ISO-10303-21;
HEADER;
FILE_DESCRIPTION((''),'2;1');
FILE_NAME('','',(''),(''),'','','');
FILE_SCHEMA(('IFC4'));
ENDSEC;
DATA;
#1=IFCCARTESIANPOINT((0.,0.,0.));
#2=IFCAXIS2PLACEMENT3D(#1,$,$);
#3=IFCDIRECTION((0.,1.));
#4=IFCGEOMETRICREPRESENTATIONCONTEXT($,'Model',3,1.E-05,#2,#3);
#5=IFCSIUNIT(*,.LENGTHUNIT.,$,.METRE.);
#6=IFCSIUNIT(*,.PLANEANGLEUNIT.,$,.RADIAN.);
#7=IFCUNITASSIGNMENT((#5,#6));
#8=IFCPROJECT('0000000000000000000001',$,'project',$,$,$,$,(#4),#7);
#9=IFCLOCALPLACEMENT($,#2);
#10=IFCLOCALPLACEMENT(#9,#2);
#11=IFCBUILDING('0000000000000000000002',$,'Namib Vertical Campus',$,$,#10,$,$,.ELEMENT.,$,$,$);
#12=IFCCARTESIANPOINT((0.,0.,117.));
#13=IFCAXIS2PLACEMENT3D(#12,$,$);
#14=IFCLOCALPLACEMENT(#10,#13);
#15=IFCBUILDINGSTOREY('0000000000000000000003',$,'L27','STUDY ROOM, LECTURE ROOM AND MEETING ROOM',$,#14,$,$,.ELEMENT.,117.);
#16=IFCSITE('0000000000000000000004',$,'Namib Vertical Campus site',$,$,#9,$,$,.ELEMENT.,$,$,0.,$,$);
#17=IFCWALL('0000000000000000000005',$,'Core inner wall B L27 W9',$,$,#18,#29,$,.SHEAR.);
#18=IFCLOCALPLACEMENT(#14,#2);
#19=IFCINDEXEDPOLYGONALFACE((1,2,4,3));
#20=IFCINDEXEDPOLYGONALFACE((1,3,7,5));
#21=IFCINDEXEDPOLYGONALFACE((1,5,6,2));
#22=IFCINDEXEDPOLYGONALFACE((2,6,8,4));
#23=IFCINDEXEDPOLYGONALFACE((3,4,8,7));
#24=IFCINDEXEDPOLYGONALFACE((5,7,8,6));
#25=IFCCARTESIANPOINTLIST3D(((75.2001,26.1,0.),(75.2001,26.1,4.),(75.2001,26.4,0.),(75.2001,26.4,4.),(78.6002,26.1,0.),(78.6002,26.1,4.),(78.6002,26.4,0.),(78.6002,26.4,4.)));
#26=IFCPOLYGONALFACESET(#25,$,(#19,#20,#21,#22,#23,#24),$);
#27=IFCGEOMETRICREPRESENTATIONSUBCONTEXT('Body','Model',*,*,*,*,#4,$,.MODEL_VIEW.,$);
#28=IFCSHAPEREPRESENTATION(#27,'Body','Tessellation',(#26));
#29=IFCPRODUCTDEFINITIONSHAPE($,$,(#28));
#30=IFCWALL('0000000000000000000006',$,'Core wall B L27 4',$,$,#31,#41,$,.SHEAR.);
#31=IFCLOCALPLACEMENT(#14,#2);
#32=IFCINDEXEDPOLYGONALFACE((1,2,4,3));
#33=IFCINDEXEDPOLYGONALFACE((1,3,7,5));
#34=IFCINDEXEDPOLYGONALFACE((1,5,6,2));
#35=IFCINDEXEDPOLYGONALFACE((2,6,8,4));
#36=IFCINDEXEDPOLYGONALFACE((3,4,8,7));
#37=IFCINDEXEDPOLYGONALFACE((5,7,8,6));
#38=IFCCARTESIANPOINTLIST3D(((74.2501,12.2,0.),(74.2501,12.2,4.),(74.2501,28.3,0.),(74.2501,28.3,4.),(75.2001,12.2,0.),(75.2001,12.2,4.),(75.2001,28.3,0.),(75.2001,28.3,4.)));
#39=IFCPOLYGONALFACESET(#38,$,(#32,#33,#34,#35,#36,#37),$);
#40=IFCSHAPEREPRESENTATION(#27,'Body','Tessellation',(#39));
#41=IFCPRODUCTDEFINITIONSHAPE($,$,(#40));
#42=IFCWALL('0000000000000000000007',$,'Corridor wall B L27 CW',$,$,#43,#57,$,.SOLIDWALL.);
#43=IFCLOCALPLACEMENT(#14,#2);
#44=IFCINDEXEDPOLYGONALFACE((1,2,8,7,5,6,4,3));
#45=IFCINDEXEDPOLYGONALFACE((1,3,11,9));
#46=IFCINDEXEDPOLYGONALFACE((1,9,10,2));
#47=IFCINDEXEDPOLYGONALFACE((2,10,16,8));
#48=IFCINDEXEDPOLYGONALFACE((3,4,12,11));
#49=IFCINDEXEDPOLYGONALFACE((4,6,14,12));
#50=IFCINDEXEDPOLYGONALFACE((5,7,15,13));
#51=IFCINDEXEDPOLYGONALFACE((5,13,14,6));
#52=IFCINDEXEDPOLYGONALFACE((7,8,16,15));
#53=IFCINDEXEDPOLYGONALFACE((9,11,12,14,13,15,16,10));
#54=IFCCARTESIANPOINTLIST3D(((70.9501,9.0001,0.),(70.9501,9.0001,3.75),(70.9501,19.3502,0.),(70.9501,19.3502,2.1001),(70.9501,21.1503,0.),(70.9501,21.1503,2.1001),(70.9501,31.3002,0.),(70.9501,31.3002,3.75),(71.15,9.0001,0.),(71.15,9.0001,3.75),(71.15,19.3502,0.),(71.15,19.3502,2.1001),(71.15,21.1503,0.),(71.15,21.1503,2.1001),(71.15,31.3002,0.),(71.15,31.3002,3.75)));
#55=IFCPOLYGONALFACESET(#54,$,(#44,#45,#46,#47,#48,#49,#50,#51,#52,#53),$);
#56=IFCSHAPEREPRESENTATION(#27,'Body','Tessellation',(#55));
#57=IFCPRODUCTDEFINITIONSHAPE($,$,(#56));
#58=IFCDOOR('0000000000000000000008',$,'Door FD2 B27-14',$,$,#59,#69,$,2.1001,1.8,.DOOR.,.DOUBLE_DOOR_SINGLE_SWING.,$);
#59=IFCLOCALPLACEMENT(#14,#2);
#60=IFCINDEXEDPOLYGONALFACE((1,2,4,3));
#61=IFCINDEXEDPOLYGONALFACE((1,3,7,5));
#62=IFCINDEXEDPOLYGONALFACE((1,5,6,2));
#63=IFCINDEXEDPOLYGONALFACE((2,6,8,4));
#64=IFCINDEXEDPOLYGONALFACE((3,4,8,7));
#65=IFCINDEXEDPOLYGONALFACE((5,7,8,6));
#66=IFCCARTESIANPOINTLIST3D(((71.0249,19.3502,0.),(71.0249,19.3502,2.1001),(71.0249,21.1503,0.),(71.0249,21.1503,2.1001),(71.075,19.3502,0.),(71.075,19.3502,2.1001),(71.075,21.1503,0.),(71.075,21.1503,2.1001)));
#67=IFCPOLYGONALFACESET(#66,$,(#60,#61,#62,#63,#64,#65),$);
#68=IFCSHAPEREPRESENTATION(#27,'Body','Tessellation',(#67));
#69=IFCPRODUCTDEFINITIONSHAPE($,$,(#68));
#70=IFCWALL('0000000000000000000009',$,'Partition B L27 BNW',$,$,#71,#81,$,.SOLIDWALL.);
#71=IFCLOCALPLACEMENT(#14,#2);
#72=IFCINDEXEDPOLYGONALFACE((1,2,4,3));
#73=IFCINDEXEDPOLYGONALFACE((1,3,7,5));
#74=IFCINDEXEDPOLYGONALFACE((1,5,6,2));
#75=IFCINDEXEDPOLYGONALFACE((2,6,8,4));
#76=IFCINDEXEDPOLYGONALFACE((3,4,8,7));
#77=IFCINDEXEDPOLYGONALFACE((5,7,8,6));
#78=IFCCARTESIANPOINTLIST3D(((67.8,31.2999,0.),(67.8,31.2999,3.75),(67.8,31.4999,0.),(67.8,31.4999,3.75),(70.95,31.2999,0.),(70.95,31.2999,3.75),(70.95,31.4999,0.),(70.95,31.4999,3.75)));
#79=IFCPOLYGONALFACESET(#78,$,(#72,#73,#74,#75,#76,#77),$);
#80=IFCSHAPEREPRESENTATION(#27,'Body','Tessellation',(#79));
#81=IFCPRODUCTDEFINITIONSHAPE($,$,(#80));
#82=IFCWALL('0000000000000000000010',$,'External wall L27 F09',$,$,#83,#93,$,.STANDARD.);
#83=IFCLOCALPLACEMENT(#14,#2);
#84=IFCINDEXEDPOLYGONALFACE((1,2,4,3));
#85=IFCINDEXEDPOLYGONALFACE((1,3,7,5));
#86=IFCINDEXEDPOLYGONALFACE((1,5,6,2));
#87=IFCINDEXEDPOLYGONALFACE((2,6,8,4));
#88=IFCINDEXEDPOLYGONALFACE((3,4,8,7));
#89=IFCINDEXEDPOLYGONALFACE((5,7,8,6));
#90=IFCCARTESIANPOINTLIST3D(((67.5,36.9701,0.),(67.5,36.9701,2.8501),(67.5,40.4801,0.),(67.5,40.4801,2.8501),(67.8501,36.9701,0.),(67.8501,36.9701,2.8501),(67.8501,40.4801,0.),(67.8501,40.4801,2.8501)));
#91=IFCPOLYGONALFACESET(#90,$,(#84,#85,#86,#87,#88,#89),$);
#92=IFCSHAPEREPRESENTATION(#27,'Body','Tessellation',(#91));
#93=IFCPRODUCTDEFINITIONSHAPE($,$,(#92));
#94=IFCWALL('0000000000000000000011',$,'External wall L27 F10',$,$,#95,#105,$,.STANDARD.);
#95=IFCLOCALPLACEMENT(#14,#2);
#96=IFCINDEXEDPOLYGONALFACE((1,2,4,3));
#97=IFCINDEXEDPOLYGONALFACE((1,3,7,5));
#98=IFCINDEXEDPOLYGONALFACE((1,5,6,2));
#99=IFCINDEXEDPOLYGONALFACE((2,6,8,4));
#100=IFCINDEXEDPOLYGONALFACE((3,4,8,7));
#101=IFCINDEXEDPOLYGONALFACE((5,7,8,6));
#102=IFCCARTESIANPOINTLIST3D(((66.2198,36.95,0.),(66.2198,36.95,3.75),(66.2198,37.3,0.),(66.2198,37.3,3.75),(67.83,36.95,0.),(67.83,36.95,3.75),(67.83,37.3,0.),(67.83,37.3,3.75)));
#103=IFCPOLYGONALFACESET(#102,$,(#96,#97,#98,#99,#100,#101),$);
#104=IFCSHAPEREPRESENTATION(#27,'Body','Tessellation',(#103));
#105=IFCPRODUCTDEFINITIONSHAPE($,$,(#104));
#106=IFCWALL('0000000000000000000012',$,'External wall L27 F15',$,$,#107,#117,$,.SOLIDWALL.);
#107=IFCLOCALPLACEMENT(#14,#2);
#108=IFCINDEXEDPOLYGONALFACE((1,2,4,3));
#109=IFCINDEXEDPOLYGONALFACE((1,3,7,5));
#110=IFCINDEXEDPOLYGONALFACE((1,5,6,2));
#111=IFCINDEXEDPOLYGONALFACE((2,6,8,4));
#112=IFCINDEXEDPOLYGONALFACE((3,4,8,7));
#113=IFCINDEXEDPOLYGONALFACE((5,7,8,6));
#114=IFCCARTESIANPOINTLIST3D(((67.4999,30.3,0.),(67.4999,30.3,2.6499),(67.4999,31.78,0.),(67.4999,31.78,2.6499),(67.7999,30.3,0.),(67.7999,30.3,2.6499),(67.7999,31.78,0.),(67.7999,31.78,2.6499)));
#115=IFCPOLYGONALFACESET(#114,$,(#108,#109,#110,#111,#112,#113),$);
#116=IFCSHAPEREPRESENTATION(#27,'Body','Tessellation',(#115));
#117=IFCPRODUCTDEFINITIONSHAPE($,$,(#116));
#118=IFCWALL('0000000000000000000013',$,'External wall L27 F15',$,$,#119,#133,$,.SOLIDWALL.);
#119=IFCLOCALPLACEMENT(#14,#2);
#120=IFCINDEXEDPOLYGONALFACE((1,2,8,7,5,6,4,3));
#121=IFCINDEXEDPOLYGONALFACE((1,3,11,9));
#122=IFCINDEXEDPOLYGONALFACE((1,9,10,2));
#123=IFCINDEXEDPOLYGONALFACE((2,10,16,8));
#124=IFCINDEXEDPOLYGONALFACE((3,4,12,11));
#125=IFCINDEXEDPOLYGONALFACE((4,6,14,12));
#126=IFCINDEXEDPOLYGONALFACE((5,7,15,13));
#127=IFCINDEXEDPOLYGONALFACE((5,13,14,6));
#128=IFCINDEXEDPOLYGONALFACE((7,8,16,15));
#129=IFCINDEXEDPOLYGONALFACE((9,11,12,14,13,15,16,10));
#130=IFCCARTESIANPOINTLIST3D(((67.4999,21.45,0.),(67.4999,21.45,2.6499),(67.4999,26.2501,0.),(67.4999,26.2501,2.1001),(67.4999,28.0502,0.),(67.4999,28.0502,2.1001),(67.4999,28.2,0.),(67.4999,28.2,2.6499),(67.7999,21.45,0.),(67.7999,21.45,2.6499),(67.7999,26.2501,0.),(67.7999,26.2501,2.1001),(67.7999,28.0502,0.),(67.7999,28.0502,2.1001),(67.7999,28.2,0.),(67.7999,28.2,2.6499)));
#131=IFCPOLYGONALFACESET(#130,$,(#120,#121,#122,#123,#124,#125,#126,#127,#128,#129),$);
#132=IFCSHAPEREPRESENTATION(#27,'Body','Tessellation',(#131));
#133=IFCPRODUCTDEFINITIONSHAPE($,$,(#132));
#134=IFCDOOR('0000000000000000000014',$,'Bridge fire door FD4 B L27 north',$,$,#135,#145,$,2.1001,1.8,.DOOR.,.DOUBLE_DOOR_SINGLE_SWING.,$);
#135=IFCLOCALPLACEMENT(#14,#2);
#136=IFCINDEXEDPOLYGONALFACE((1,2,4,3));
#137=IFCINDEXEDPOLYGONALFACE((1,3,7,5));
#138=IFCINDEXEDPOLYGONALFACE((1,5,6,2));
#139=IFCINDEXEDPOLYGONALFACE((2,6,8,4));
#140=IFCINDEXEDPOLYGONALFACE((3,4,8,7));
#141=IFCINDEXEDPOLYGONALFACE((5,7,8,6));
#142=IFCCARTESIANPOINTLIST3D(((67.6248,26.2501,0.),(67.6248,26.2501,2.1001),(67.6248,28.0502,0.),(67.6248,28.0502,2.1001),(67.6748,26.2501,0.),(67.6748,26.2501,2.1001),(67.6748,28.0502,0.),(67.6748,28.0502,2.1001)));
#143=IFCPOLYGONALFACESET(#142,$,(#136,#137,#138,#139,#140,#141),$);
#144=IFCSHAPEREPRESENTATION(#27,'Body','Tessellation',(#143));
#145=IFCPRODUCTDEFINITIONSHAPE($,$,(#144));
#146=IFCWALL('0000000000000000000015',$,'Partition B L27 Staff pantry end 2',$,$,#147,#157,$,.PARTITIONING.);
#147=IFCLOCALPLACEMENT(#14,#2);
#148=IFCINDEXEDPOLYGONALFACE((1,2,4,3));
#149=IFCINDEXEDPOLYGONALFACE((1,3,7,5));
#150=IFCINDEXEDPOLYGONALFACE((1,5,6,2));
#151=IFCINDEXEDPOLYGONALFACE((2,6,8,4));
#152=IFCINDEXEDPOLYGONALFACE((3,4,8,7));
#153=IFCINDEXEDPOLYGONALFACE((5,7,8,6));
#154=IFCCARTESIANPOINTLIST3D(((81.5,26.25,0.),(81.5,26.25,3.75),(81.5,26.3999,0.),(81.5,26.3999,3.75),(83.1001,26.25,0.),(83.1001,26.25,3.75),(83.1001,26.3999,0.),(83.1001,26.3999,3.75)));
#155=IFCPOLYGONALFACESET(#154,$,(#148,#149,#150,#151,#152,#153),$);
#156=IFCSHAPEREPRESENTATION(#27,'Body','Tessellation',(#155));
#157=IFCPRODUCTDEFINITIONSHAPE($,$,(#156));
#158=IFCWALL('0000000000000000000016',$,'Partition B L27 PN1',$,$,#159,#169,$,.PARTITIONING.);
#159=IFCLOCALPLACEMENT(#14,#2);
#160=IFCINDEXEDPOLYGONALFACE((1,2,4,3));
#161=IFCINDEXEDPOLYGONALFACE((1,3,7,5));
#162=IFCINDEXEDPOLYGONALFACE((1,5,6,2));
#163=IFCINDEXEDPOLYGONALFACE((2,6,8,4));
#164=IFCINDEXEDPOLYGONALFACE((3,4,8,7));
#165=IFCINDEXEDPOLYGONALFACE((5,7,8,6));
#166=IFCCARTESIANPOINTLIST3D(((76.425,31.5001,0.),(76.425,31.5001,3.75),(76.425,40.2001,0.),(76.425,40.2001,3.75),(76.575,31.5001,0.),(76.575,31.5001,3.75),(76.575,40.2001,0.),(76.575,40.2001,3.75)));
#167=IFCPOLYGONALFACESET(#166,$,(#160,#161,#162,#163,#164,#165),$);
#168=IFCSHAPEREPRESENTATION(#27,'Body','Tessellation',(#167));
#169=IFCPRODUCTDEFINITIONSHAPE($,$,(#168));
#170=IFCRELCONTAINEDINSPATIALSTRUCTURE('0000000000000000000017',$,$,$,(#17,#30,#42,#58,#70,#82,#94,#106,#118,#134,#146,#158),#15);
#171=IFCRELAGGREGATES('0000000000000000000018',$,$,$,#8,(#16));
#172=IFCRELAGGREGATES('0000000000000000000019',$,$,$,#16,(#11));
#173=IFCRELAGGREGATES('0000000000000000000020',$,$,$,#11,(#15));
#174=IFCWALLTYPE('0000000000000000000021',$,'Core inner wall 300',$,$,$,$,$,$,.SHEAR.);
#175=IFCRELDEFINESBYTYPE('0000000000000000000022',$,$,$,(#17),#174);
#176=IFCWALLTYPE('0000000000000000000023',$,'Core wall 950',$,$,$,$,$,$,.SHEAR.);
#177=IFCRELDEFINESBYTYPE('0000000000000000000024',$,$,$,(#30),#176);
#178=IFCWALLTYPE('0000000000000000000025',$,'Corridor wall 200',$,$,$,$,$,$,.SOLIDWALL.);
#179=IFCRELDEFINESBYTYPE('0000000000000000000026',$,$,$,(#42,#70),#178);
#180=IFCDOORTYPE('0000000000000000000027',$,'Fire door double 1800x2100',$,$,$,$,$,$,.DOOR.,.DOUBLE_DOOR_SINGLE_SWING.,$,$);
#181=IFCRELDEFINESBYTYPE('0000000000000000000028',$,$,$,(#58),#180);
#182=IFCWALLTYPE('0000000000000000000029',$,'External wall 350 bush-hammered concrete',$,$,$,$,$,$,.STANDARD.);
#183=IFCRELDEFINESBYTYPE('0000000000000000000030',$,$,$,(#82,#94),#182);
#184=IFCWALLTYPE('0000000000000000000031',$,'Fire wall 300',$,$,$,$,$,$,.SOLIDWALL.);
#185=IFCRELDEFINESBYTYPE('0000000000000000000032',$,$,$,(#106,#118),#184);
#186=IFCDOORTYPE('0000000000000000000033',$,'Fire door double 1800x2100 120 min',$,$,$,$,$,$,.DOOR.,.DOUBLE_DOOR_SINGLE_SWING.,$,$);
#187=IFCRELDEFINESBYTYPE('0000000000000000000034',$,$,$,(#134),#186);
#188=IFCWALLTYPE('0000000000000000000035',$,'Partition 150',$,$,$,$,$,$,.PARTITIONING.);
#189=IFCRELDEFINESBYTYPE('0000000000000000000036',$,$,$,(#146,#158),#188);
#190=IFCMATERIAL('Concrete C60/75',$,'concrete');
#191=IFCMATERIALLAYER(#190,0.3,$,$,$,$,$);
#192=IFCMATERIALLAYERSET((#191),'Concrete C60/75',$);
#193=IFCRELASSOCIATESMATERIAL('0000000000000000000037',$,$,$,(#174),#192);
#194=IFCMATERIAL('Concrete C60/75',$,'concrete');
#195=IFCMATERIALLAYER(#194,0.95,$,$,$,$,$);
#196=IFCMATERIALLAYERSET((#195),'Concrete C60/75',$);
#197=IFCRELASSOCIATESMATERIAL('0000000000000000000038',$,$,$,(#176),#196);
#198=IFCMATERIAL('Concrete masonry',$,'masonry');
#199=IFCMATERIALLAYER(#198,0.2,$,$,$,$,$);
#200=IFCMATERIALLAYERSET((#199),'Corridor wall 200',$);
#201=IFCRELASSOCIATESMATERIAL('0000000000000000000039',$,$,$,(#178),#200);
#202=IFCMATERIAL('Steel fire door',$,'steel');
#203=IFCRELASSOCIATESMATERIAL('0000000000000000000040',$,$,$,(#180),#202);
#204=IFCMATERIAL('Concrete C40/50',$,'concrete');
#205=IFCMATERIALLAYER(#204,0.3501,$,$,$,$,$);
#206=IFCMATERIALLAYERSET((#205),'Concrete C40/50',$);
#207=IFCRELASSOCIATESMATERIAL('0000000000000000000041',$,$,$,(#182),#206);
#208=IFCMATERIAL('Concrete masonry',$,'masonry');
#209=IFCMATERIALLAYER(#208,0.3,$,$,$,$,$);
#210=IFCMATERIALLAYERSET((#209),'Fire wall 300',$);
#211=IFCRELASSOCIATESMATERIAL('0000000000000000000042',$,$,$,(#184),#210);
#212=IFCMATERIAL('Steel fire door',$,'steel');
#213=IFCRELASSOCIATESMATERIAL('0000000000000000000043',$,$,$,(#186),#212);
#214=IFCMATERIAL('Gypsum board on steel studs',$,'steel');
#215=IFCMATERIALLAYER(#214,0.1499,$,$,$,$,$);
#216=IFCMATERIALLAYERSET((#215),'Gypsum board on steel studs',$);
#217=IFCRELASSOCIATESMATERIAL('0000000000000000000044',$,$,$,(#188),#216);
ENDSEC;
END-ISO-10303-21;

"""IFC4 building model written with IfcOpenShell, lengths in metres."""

from ifc_helpers import new_model, si_unit, direction, frame, frame_2d, origin, place, context, subcontext, project, spatial, rectangle, extrude, material, layer, layer_set, type_object, element, fill, save


model = new_model("IFC4")

# Units and contexts
model_context = context("Model", 3, precision=1e-05, world=origin(), true_north=direction((0.0, 1.0)))
body_context = subcontext(model_context, "Body", "Model", "MODEL_VIEW")
ifc_project = project(units=[si_unit("LENGTHUNIT", "METRE"), si_unit("PLANEANGLEUNIT", "RADIAN")], contexts=[model_context])

# Site, building, storey
site_placement = place(None, origin())
site = spatial("IfcSite", under=ifc_project, at=site_placement, Name="Namib Vertical Campus site", CompositionType="ELEMENT", RefElevation=0.0)
building_placement = place(site_placement, origin())
building = spatial("IfcBuilding", under=site, at=building_placement, Name="Namib Vertical Campus", CompositionType="ELEMENT")
storey_placement = place(building_placement, frame((0.0, 0.0, 117.0)))
storey = spatial("IfcBuildingStorey", under=building, at=storey_placement, Name="L27", Description="STUDY ROOM, LECTURE ROOM AND MEETING ROOM", CompositionType="ELEMENT", Elevation=117.0)

# Walls
ifc_material_1 = material(Name="Concrete C60/75", Category="concrete")
ifc_layer_1 = layer(ifc_material_1, 0.3)
ifc_layer_set_1 = layer_set([ifc_layer_1], Name="Concrete C60/75")
wall_type_1 = type_object("IfcWallType", Name="Core inner wall 300", PredefinedType="SHEAR", material=ifc_layer_set_1)
wall_1_placement = place(storey_placement, frame((75.2, 26.25, 0.0), z_axis=(0.0, 0.0, 1.0), x_axis=(1.0, 0.0, 0.0)))
element("IfcWall", 1, at=wall_1_placement, inside=storey, type_object=wall_type_1, Name="Core inner wall B L27 W9", PredefinedType="SHEAR", context=body_context, shape_type="SweptSolid", body=[
    extrude(rectangle(XDim=3.4001, YDim=0.3, at=frame_2d((1.7002, 0.0))), origin(), (0.0, 0.0, 1.0), 4.0),
])
ifc_material_2 = material(Name="Concrete C60/75", Category="concrete")
ifc_layer_2 = layer(ifc_material_2, 0.95)
ifc_layer_set_2 = layer_set([ifc_layer_2], Name="Concrete C60/75")
wall_type_2 = type_object("IfcWallType", Name="Core wall 950", PredefinedType="SHEAR", material=ifc_layer_set_2)
wall_2_placement = place(storey_placement, frame((74.7251, 28.3, 0.0), z_axis=(0.0, 0.0, 1.0), x_axis=(0.0, -1.0, 0.0)))
element("IfcWall", 2, at=wall_2_placement, inside=storey, type_object=wall_type_2, Name="Core wall B L27 4", PredefinedType="SHEAR", context=body_context, shape_type="SweptSolid", body=[
    extrude(rectangle(XDim=16.1001, YDim=0.95, at=frame_2d((8.05, 0.0))), origin(), (0.0, 0.0, 1.0), 4.0),
])

# Wall, opening, door
ifc_material_3 = material(Name="Concrete masonry", Category="masonry")
ifc_layer_3 = layer(ifc_material_3, 0.2)
ifc_layer_set_3 = layer_set([ifc_layer_3], Name="Corridor wall 200")
wall_type_3 = type_object("IfcWallType", Name="Corridor wall 200", PredefinedType="SOLIDWALL", material=ifc_layer_set_3)
wall_3_placement = place(storey_placement, frame((71.05, 31.3, 0.0), z_axis=(0.0, 0.0, 1.0), x_axis=(0.0, -1.0, 0.0)))
wall_3 = element("IfcWall", 3, at=wall_3_placement, inside=storey, type_object=wall_type_3, Name="Corridor wall B L27 CW", PredefinedType="SOLIDWALL", context=body_context, shape_type="SweptSolid", body=[
    extrude(rectangle(XDim=22.3, YDim=0.2, at=frame_2d((11.1499, 0.0))), origin(), (0.0, 0.0, 1.0), 3.75),
])
opening_1_placement = place(wall_3_placement, frame((10.1499, 0.0, 0.0)))
opening_1 = element("IfcOpeningElement", 4, at=opening_1_placement, cuts=wall_3, PredefinedType="OPENING", context=body_context, shape_type="SweptSolid", body=[
    extrude(rectangle(XDim=1.8, YDim=2.1001, at=frame_2d((0.8999, 1.05))), frame((0.0, 0.1099, 0.0), z_axis=(0.0, -1.0, 0.0), x_axis=(1.0, 0.0, 0.0)), (0.0, 0.0, 1.0), 0.22),
])
ifc_material_4 = material(Name="Steel fire door", Category="steel")
door_type_1 = type_object("IfcDoorType", Name="Fire door double 1800x2100", OperationType="DOUBLE_DOOR_SINGLE_SWING", PredefinedType="DOOR", material=ifc_material_4)
door_1_placement = place(opening_1_placement, origin())
door_1 = element("IfcDoor", 5, at=door_1_placement, inside=storey, type_object=door_type_1, Name="Door FD2 B27-14", OperationType="DOUBLE_DOOR_SINGLE_SWING", OverallHeight=2.1001, OverallWidth=1.8, PredefinedType="DOOR", context=body_context, shape_type="SweptSolid", body=[
    extrude(rectangle(XDim=1.8, YDim=2.1001, at=frame_2d((0.8999, 1.05))), frame((0.0, 0.0249, 0.0), z_axis=(0.0, -1.0, 0.0), x_axis=(1.0, 0.0, 0.0)), (0.0, 0.0, 1.0), 0.05),
])
fill(opening_1, door_1)

# Walls
wall_4_placement = place(storey_placement, frame((67.8, 31.3999, 0.0), z_axis=(0.0, 0.0, 1.0), x_axis=(1.0, 0.0, 0.0)))
element("IfcWall", 6, at=wall_4_placement, inside=storey, type_object=wall_type_3, Name="Partition B L27 BNW", PredefinedType="SOLIDWALL", context=body_context, shape_type="SweptSolid", body=[
    extrude(rectangle(XDim=3.1499, YDim=0.2, at=frame_2d((1.575, 0.0))), origin(), (0.0, 0.0, 1.0), 3.75),
])
ifc_material_5 = material(Name="Concrete C40/50", Category="concrete")
ifc_layer_4 = layer(ifc_material_5, 0.3501)
ifc_layer_set_4 = layer_set([ifc_layer_4], Name="Concrete C40/50")
wall_type_4 = type_object("IfcWallType", Name="External wall 350 bush-hammered concrete", PredefinedType="STANDARD", material=ifc_layer_set_4)
wall_5_placement = place(storey_placement, frame((67.675, 40.48, 0.0), z_axis=(0.0, 0.0, 1.0), x_axis=(0.0, -1.0, 0.0)))
element("IfcWall", 7, at=wall_5_placement, inside=storey, type_object=wall_type_4, Name="External wall L27 F09", PredefinedType="STANDARD", context=body_context, shape_type="SweptSolid", body=[
    extrude(rectangle(XDim=3.51, YDim=0.3501, at=frame_2d((1.7549, 0.0))), origin(), (0.0, 0.0, 1.0), 2.8501),
])
wall_6_placement = place(storey_placement, frame((67.8301, 37.125, 0.0), z_axis=(0.0, 0.0, 1.0), x_axis=(-1.0, 0.0, 0.0)))
element("IfcWall", 8, at=wall_6_placement, inside=storey, type_object=wall_type_4, Name="External wall L27 F10", PredefinedType="STANDARD", context=body_context, shape_type="SweptSolid", body=[
    extrude(rectangle(XDim=1.6101, YDim=0.3501, at=frame_2d((0.8052, 0.0))), origin(), (0.0, 0.0, 1.0), 3.75),
])
ifc_material_6 = material(Name="Concrete masonry", Category="masonry")
ifc_layer_5 = layer(ifc_material_6, 0.3)
ifc_layer_set_5 = layer_set([ifc_layer_5], Name="Fire wall 300")
wall_type_5 = type_object("IfcWallType", Name="Fire wall 300", PredefinedType="SOLIDWALL", material=ifc_layer_set_5)
wall_7_placement = place(storey_placement, frame((67.6499, 31.78, 0.0), z_axis=(0.0, 0.0, 1.0), x_axis=(0.0, -1.0, 0.0)))
element("IfcWall", 9, at=wall_7_placement, inside=storey, type_object=wall_type_5, Name="External wall L27 F15", PredefinedType="SOLIDWALL", context=body_context, shape_type="SweptSolid", body=[
    extrude(rectangle(XDim=1.48, YDim=0.3, at=frame_2d((0.74, 0.0))), origin(), (0.0, 0.0, 1.0), 2.6499),
])

# Wall, opening, door
wall_8_placement = place(storey_placement, frame((67.6499, 28.2, 0.0), z_axis=(0.0, 0.0, 1.0), x_axis=(0.0, -1.0, 0.0)))
wall_8 = element("IfcWall", 10, at=wall_8_placement, inside=storey, type_object=wall_type_5, Name="External wall L27 F15", PredefinedType="SOLIDWALL", context=body_context, shape_type="SweptSolid", body=[
    extrude(rectangle(XDim=6.75, YDim=0.3, at=frame_2d((3.375, 0.0))), origin(), (0.0, 0.0, 1.0), 2.6499),
])
opening_2_placement = place(wall_8_placement, frame((0.1499, 0.0, 0.0)))
opening_2 = element("IfcOpeningElement", 11, at=opening_2_placement, cuts=wall_8, PredefinedType="OPENING", context=body_context, shape_type="SweptSolid", body=[
    extrude(rectangle(XDim=1.8, YDim=2.1001, at=frame_2d((0.8999, 1.05))), frame((0.0, 0.1599, 0.0), z_axis=(0.0, -1.0, 0.0), x_axis=(1.0, 0.0, 0.0)), (0.0, 0.0, 1.0), 0.3201),
])
ifc_material_7 = material(Name="Steel fire door", Category="steel")
door_type_2 = type_object("IfcDoorType", Name="Fire door double 1800x2100 120 min", OperationType="DOUBLE_DOOR_SINGLE_SWING", PredefinedType="DOOR", material=ifc_material_7)
door_2_placement = place(opening_2_placement, origin())
door_2 = element("IfcDoor", 12, at=door_2_placement, inside=storey, type_object=door_type_2, Name="Bridge fire door FD4 B L27 north", OperationType="DOUBLE_DOOR_SINGLE_SWING", OverallHeight=2.1001, OverallWidth=1.8, PredefinedType="DOOR", context=body_context, shape_type="SweptSolid", body=[
    extrude(rectangle(XDim=1.8, YDim=2.1001, at=frame_2d((0.8999, 1.05))), frame((0.0, 0.0249, 0.0), z_axis=(0.0, -1.0, 0.0), x_axis=(1.0, 0.0, 0.0)), (0.0, 0.0, 1.0), 0.05),
])
fill(opening_2, door_2)

# Walls
ifc_material_8 = material(Name="Gypsum board on steel studs", Category="steel")
ifc_layer_6 = layer(ifc_material_8, 0.1499)
ifc_layer_set_6 = layer_set([ifc_layer_6], Name="Gypsum board on steel studs")
wall_type_6 = type_object("IfcWallType", Name="Partition 150", PredefinedType="PARTITIONING", material=ifc_layer_set_6)
wall_9_placement = place(storey_placement, frame((81.5, 26.325, 0.0), z_axis=(0.0, 0.0, 1.0), x_axis=(1.0, 0.0, 0.0)))
element("IfcWall", 13, at=wall_9_placement, inside=storey, type_object=wall_type_6, Name="Partition B L27 Staff pantry end 2", PredefinedType="PARTITIONING", context=body_context, shape_type="SweptSolid", body=[
    extrude(rectangle(XDim=1.6001, YDim=0.1499, at=frame_2d((0.8, 0.0))), origin(), (0.0, 0.0, 1.0), 3.75),
])
wall_10_placement = place(storey_placement, frame((76.5, 31.5, 0.0), z_axis=(0.0, 0.0, 1.0), x_axis=(0.0, 1.0, 0.0)))
element("IfcWall", 14, at=wall_10_placement, inside=storey, type_object=wall_type_6, Name="Partition B L27 PN1", PredefinedType="PARTITIONING", context=body_context, shape_type="SweptSolid", body=[
    extrude(rectangle(XDim=8.7, YDim=0.1499, at=frame_2d((4.3501, 0.0))), origin(), (0.0, 0.0, 1.0), 3.75),
])

save(model, "model.ifc")
